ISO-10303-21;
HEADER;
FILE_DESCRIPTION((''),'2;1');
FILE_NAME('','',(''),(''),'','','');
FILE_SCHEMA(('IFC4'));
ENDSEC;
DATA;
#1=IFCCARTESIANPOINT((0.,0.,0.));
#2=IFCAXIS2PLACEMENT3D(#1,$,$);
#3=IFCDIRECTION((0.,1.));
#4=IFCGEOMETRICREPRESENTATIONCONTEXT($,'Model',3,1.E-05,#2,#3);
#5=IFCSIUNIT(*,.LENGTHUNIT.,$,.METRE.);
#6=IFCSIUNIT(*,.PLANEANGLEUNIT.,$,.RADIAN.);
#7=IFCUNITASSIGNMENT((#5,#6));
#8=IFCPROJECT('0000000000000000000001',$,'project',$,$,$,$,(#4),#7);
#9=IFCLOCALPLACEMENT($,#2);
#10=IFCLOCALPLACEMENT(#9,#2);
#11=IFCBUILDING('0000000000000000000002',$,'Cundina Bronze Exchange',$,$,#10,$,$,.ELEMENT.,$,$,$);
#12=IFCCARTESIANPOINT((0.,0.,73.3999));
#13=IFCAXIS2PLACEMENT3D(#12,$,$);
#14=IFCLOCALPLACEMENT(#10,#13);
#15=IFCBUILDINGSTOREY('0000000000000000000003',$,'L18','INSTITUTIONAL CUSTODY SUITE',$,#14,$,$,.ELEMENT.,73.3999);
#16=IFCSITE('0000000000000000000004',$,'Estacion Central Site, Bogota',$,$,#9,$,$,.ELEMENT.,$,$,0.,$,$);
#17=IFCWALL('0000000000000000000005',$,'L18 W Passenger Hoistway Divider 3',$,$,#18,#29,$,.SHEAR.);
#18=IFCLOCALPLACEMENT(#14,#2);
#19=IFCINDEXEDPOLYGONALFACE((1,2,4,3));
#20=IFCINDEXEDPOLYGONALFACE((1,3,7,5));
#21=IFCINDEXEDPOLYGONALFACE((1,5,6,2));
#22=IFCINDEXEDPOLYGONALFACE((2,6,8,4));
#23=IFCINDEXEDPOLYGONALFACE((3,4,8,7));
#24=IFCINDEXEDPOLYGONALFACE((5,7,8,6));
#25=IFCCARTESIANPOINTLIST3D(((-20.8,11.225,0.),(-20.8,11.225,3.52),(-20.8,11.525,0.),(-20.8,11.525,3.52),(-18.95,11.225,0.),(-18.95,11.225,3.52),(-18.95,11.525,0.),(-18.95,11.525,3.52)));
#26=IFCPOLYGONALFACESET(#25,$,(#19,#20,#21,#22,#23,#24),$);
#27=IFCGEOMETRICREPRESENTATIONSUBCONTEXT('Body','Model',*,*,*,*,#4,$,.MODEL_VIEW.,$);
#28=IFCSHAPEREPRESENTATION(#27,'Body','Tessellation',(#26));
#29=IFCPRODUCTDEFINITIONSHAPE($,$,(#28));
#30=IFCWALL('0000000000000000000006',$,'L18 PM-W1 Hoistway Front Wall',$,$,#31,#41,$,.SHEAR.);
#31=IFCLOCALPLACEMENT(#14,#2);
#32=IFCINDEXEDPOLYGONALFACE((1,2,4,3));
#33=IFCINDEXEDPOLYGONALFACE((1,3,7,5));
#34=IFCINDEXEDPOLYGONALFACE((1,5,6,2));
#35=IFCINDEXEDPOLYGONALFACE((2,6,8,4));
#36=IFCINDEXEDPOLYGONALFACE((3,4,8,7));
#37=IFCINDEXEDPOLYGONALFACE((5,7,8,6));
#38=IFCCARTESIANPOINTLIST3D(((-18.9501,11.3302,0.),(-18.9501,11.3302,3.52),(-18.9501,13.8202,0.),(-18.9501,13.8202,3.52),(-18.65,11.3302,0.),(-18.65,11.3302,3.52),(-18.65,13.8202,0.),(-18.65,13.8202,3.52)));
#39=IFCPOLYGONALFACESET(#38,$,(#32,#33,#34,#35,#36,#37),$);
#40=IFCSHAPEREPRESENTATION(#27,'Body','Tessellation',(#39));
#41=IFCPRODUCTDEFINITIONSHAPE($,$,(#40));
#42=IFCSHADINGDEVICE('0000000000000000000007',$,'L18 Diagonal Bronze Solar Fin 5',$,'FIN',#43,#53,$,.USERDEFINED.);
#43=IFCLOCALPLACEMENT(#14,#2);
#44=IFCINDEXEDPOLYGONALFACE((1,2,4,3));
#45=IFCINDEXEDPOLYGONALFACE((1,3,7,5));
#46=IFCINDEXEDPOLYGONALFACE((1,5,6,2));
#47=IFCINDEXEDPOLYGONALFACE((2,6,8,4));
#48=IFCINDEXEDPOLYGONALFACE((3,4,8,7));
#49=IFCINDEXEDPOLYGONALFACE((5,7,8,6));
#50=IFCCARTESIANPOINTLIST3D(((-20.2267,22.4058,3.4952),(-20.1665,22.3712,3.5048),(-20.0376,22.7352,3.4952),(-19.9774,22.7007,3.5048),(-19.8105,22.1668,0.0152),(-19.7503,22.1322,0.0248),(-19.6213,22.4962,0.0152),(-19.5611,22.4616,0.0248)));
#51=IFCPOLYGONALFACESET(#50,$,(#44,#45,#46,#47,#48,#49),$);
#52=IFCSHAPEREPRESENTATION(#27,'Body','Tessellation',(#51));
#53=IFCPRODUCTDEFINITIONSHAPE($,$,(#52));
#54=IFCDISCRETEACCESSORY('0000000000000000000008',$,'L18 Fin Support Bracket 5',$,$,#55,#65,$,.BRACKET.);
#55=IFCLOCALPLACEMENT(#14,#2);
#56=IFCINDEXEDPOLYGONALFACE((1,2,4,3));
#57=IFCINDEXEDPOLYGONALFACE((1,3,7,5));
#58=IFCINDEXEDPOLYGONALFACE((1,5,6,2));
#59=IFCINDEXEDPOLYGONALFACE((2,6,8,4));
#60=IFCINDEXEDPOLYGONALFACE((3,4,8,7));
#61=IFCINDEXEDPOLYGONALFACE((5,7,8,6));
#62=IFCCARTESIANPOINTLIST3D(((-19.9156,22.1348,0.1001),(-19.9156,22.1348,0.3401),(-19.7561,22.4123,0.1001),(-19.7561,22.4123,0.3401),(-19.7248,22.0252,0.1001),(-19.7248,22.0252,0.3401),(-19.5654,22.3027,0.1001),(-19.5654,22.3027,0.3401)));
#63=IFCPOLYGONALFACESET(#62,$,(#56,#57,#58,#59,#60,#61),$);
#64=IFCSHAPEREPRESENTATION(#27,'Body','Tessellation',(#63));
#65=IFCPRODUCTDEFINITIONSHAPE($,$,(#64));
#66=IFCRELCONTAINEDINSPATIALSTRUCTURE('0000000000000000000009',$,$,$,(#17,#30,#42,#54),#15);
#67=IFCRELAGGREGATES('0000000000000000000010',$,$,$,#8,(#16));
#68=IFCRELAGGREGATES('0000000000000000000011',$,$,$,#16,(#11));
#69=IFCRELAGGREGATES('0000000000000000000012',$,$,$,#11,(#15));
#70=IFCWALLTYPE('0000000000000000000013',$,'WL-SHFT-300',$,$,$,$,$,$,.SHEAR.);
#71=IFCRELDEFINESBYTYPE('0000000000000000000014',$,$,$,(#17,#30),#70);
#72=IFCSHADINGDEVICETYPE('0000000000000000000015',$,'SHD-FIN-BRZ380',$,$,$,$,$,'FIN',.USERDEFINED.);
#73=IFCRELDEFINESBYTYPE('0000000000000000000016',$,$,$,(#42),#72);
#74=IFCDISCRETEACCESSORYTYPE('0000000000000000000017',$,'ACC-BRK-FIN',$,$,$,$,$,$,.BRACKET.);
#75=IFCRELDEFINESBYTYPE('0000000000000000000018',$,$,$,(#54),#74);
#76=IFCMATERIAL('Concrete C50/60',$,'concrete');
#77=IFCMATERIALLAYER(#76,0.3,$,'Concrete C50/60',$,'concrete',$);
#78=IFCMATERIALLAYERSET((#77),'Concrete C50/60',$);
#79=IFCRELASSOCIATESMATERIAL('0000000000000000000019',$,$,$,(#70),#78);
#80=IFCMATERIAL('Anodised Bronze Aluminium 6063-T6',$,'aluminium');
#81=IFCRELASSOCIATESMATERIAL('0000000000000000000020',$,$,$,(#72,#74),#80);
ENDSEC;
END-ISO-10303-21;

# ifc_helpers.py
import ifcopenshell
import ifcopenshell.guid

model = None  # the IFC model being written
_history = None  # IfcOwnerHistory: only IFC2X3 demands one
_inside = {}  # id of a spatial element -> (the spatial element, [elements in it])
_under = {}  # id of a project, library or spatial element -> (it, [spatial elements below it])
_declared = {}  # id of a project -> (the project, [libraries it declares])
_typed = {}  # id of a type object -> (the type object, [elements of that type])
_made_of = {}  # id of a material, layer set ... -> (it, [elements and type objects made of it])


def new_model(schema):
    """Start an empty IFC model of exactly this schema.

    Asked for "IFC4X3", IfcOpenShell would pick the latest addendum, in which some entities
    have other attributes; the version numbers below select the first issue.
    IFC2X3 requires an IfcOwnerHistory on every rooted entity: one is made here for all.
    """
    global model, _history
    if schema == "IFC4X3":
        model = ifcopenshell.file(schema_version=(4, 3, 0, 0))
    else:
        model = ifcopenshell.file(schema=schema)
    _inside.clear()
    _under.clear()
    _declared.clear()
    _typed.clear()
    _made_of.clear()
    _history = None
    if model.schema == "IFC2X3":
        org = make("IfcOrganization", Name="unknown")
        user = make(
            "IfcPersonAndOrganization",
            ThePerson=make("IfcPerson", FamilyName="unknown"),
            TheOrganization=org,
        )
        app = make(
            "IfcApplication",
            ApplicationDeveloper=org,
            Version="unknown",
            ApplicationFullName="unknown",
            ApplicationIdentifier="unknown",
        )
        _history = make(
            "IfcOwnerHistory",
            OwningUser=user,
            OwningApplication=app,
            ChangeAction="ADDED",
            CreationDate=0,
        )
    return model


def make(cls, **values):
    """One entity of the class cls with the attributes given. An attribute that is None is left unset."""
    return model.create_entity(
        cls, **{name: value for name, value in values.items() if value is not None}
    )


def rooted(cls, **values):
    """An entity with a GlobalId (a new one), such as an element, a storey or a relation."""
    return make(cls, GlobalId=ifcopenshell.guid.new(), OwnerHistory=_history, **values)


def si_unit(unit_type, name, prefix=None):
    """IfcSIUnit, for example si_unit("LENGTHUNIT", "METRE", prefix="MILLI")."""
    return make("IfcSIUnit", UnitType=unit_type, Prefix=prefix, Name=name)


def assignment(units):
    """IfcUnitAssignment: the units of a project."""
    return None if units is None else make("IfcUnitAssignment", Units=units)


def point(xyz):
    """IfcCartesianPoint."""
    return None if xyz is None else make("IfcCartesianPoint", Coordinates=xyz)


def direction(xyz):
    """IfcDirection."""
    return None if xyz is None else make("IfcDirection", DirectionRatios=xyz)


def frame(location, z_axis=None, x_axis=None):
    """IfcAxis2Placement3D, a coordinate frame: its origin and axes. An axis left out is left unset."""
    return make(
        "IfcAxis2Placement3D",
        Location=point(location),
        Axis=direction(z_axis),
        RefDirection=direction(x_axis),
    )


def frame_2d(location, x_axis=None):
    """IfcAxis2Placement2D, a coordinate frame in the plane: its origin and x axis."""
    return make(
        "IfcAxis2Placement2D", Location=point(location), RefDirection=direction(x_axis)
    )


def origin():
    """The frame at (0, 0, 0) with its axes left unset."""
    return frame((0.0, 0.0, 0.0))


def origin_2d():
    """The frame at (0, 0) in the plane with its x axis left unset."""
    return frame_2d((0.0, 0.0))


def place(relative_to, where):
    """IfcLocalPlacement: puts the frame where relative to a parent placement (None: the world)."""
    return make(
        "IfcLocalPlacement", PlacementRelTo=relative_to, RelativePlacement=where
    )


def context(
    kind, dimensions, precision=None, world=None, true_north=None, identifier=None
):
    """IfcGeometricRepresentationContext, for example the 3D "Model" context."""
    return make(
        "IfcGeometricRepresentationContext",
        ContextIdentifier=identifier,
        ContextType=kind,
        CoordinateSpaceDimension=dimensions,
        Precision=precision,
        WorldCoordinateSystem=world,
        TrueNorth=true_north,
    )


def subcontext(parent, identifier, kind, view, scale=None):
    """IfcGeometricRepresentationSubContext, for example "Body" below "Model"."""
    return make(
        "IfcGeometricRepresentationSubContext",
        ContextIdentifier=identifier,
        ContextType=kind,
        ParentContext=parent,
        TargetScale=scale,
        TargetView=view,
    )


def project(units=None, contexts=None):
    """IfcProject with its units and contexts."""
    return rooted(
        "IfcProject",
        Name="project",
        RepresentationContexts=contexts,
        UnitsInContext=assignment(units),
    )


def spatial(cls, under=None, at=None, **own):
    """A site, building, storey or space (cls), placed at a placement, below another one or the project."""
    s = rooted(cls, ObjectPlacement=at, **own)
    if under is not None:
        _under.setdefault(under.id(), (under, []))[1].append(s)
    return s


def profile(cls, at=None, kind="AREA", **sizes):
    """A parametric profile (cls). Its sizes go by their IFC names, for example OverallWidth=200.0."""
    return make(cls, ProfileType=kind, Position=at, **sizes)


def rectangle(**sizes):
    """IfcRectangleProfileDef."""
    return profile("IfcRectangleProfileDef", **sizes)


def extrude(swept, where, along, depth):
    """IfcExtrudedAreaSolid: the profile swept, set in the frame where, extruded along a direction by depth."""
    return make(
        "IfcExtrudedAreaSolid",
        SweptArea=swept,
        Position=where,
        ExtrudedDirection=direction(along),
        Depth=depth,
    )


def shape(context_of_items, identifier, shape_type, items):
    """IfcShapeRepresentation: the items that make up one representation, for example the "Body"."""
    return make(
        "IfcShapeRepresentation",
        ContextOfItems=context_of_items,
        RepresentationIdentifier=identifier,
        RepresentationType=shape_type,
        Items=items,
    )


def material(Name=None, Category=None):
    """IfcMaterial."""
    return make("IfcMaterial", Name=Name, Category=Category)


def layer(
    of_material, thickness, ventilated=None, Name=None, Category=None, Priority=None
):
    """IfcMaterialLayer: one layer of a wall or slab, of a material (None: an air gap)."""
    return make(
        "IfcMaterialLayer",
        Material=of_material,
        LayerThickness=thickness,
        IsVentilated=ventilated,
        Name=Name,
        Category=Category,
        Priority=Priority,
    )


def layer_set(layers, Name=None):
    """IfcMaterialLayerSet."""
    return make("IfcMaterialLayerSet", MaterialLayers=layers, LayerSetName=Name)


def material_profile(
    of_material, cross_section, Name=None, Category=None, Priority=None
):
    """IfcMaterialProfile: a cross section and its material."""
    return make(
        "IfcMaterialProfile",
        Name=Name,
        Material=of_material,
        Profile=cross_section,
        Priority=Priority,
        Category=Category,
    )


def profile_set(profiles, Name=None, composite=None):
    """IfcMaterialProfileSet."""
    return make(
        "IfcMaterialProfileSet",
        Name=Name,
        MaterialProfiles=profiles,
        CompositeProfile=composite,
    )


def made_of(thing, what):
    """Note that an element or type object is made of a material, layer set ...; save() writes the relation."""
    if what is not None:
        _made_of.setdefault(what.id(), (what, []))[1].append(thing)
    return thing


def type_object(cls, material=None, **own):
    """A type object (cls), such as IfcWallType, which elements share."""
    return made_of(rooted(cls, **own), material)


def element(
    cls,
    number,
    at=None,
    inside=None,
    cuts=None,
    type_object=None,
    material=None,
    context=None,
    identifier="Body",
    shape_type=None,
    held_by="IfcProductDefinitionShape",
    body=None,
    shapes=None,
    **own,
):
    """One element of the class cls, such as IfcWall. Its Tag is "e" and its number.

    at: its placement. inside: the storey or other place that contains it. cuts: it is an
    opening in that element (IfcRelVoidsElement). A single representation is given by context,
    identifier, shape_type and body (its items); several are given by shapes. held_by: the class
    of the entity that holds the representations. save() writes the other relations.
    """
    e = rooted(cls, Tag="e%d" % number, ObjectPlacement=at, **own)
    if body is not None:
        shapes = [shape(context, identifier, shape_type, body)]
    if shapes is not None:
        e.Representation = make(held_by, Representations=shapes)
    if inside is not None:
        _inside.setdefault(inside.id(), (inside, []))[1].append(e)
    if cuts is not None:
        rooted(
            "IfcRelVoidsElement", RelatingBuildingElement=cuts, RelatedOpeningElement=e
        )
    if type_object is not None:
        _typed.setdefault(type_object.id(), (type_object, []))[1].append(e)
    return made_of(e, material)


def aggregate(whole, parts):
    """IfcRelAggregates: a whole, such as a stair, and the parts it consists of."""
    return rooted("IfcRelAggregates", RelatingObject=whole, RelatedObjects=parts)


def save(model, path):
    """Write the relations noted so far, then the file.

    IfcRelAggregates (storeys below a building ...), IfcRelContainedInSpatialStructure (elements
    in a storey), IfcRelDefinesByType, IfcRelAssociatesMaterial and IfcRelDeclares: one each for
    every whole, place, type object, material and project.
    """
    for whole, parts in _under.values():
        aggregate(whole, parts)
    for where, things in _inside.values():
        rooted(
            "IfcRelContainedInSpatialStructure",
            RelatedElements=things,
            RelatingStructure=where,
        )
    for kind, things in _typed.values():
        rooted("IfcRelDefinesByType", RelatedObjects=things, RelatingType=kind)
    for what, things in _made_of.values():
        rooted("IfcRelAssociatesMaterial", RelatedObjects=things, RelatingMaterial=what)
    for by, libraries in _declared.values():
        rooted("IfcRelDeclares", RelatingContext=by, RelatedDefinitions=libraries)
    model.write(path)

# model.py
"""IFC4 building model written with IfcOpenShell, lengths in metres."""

from ifc_helpers import new_model, si_unit, direction, frame, frame_2d, origin, origin_2d, place, context, subcontext, project, spatial, rectangle, extrude, material, layer, layer_set, material_profile, profile_set, type_object, element, save


model = new_model("IFC4")

# Units and contexts
model_context = context("Model", 3, precision=1e-05, world=origin(), true_north=direction((0.0, 1.0)))
body_context = subcontext(model_context, "Body", "Model", "MODEL_VIEW")
ifc_project = project(units=[si_unit("LENGTHUNIT", "METRE"), si_unit("PLANEANGLEUNIT", "RADIAN")], contexts=[model_context])

# Site, building, storey
site_placement = place(None, origin())
site = spatial("IfcSite", under=ifc_project, at=site_placement, Name="Estacion Central Site, Bogota", CompositionType="ELEMENT", RefElevation=0.0)
building_placement = place(site_placement, origin())
building = spatial("IfcBuilding", under=site, at=building_placement, Name="Cundina Bronze Exchange", CompositionType="ELEMENT")
storey_placement = place(building_placement, frame((0.0, 0.0, 73.3999)))
storey = spatial("IfcBuildingStorey", under=building, at=storey_placement, Name="L18", Description="INSTITUTIONAL CUSTODY SUITE", CompositionType="ELEMENT", Elevation=73.3999)

# Shared definitions
ifc_material_1 = material(Name="Anodised Bronze Aluminium 6063-T6", Category="aluminium")

# Shared definitions
ifc_material_2 = material(Name="Concrete C50/60", Category="concrete")
ifc_layer_1 = layer(ifc_material_2, 0.3, Name="Concrete C50/60", Category="concrete")
ifc_layer_set_1 = layer_set([ifc_layer_1], Name="Concrete C50/60")
wall_type_1 = type_object("IfcWallType", Name="WL-SHFT-300", PredefinedType="SHEAR", material=ifc_layer_set_1)

# Walls
wall_1_placement = place(storey_placement, frame((-20.8, 11.375, 0.0), z_axis=(0.0, 0.0, 1.0), x_axis=(1.0, 0.0, 0.0)))
element("IfcWall", 1, at=wall_1_placement, inside=storey, type_object=wall_type_1, Name="L18 W Passenger Hoistway Divider 3", PredefinedType="SHEAR", context=body_context, shape_type="SweptSolid", body=[
    extrude(rectangle(XDim=1.8501, YDim=0.3, at=frame_2d((0.925, 0.0))), origin(), (0.0, 0.0, 1.0), 3.52),
])
wall_2_placement = place(storey_placement, frame((-18.8, 11.3301, 0.0), z_axis=(0.0, 0.0, 1.0), x_axis=(0.0, 1.0, 0.0)))
element("IfcWall", 2, at=wall_2_placement, inside=storey, type_object=wall_type_1, Name="L18 PM-W1 Hoistway Front Wall", PredefinedType="SHEAR", context=body_context, shape_type="SweptSolid", body=[
    extrude(rectangle(XDim=2.49, YDim=0.3, at=frame_2d((1.2451, 0.0))), origin(), (0.0, 0.0, 1.0), 3.52),
])

# Shading device
ifc_material_profile_1 = material_profile(ifc_material_1, rectangle(XDim=0.0701, YDim=0.3799, at=origin_2d()), Name="FIN70X380", Category="aluminium")
ifc_profile_set_1 = profile_set([ifc_material_profile_1], Name="Anodised Bronze Aluminium 6063-T6")
shading_device_type = type_object("IfcShadingDeviceType", Name="SHD-FIN-BRZ380", ElementType="FIN", PredefinedType="USERDEFINED", material=ifc_profile_set_1)
shading_device_placement = place(storey_placement, frame((-19.6858, 22.3142, 0.02), z_axis=(-0.118494, 0.068038, 0.990621), x_axis=(0.859075, -0.493275, 0.136638)))
element("IfcShadingDevice", 3, at=shading_device_placement, inside=storey, type_object=shading_device_type, Name="L18 Diagonal Bronze Solar Fin 5", ObjectType="FIN", PredefinedType="USERDEFINED", context=body_context, shape_type="SweptSolid", body=[
    extrude(rectangle(XDim=0.0701, YDim=0.3799, at=origin_2d()), origin(), (0.0, 0.0, 1.0), 3.5129),
])

# Discrete accessory
discrete_accessory_type = type_object("IfcDiscreteAccessoryType", Name="ACC-BRK-FIN", PredefinedType="BRACKET", material=ifc_material_1)
discrete_accessory_placement = place(storey_placement, frame((-19.7405, 22.2188, 0.1001), z_axis=(0.0, 0.0, 1.0), x_axis=(-0.867105, 0.498125, 0.0)))
element("IfcDiscreteAccessory", 4, at=discrete_accessory_placement, inside=storey, type_object=discrete_accessory_type, Name="L18 Fin Support Bracket 5", PredefinedType="BRACKET", context=body_context, shape_type="SweptSolid", body=[
    extrude(rectangle(XDim=0.22, YDim=0.3201, at=origin_2d()), origin(), (0.0, 0.0, 1.0), 0.24),
])

save(model, "model.ifc")
